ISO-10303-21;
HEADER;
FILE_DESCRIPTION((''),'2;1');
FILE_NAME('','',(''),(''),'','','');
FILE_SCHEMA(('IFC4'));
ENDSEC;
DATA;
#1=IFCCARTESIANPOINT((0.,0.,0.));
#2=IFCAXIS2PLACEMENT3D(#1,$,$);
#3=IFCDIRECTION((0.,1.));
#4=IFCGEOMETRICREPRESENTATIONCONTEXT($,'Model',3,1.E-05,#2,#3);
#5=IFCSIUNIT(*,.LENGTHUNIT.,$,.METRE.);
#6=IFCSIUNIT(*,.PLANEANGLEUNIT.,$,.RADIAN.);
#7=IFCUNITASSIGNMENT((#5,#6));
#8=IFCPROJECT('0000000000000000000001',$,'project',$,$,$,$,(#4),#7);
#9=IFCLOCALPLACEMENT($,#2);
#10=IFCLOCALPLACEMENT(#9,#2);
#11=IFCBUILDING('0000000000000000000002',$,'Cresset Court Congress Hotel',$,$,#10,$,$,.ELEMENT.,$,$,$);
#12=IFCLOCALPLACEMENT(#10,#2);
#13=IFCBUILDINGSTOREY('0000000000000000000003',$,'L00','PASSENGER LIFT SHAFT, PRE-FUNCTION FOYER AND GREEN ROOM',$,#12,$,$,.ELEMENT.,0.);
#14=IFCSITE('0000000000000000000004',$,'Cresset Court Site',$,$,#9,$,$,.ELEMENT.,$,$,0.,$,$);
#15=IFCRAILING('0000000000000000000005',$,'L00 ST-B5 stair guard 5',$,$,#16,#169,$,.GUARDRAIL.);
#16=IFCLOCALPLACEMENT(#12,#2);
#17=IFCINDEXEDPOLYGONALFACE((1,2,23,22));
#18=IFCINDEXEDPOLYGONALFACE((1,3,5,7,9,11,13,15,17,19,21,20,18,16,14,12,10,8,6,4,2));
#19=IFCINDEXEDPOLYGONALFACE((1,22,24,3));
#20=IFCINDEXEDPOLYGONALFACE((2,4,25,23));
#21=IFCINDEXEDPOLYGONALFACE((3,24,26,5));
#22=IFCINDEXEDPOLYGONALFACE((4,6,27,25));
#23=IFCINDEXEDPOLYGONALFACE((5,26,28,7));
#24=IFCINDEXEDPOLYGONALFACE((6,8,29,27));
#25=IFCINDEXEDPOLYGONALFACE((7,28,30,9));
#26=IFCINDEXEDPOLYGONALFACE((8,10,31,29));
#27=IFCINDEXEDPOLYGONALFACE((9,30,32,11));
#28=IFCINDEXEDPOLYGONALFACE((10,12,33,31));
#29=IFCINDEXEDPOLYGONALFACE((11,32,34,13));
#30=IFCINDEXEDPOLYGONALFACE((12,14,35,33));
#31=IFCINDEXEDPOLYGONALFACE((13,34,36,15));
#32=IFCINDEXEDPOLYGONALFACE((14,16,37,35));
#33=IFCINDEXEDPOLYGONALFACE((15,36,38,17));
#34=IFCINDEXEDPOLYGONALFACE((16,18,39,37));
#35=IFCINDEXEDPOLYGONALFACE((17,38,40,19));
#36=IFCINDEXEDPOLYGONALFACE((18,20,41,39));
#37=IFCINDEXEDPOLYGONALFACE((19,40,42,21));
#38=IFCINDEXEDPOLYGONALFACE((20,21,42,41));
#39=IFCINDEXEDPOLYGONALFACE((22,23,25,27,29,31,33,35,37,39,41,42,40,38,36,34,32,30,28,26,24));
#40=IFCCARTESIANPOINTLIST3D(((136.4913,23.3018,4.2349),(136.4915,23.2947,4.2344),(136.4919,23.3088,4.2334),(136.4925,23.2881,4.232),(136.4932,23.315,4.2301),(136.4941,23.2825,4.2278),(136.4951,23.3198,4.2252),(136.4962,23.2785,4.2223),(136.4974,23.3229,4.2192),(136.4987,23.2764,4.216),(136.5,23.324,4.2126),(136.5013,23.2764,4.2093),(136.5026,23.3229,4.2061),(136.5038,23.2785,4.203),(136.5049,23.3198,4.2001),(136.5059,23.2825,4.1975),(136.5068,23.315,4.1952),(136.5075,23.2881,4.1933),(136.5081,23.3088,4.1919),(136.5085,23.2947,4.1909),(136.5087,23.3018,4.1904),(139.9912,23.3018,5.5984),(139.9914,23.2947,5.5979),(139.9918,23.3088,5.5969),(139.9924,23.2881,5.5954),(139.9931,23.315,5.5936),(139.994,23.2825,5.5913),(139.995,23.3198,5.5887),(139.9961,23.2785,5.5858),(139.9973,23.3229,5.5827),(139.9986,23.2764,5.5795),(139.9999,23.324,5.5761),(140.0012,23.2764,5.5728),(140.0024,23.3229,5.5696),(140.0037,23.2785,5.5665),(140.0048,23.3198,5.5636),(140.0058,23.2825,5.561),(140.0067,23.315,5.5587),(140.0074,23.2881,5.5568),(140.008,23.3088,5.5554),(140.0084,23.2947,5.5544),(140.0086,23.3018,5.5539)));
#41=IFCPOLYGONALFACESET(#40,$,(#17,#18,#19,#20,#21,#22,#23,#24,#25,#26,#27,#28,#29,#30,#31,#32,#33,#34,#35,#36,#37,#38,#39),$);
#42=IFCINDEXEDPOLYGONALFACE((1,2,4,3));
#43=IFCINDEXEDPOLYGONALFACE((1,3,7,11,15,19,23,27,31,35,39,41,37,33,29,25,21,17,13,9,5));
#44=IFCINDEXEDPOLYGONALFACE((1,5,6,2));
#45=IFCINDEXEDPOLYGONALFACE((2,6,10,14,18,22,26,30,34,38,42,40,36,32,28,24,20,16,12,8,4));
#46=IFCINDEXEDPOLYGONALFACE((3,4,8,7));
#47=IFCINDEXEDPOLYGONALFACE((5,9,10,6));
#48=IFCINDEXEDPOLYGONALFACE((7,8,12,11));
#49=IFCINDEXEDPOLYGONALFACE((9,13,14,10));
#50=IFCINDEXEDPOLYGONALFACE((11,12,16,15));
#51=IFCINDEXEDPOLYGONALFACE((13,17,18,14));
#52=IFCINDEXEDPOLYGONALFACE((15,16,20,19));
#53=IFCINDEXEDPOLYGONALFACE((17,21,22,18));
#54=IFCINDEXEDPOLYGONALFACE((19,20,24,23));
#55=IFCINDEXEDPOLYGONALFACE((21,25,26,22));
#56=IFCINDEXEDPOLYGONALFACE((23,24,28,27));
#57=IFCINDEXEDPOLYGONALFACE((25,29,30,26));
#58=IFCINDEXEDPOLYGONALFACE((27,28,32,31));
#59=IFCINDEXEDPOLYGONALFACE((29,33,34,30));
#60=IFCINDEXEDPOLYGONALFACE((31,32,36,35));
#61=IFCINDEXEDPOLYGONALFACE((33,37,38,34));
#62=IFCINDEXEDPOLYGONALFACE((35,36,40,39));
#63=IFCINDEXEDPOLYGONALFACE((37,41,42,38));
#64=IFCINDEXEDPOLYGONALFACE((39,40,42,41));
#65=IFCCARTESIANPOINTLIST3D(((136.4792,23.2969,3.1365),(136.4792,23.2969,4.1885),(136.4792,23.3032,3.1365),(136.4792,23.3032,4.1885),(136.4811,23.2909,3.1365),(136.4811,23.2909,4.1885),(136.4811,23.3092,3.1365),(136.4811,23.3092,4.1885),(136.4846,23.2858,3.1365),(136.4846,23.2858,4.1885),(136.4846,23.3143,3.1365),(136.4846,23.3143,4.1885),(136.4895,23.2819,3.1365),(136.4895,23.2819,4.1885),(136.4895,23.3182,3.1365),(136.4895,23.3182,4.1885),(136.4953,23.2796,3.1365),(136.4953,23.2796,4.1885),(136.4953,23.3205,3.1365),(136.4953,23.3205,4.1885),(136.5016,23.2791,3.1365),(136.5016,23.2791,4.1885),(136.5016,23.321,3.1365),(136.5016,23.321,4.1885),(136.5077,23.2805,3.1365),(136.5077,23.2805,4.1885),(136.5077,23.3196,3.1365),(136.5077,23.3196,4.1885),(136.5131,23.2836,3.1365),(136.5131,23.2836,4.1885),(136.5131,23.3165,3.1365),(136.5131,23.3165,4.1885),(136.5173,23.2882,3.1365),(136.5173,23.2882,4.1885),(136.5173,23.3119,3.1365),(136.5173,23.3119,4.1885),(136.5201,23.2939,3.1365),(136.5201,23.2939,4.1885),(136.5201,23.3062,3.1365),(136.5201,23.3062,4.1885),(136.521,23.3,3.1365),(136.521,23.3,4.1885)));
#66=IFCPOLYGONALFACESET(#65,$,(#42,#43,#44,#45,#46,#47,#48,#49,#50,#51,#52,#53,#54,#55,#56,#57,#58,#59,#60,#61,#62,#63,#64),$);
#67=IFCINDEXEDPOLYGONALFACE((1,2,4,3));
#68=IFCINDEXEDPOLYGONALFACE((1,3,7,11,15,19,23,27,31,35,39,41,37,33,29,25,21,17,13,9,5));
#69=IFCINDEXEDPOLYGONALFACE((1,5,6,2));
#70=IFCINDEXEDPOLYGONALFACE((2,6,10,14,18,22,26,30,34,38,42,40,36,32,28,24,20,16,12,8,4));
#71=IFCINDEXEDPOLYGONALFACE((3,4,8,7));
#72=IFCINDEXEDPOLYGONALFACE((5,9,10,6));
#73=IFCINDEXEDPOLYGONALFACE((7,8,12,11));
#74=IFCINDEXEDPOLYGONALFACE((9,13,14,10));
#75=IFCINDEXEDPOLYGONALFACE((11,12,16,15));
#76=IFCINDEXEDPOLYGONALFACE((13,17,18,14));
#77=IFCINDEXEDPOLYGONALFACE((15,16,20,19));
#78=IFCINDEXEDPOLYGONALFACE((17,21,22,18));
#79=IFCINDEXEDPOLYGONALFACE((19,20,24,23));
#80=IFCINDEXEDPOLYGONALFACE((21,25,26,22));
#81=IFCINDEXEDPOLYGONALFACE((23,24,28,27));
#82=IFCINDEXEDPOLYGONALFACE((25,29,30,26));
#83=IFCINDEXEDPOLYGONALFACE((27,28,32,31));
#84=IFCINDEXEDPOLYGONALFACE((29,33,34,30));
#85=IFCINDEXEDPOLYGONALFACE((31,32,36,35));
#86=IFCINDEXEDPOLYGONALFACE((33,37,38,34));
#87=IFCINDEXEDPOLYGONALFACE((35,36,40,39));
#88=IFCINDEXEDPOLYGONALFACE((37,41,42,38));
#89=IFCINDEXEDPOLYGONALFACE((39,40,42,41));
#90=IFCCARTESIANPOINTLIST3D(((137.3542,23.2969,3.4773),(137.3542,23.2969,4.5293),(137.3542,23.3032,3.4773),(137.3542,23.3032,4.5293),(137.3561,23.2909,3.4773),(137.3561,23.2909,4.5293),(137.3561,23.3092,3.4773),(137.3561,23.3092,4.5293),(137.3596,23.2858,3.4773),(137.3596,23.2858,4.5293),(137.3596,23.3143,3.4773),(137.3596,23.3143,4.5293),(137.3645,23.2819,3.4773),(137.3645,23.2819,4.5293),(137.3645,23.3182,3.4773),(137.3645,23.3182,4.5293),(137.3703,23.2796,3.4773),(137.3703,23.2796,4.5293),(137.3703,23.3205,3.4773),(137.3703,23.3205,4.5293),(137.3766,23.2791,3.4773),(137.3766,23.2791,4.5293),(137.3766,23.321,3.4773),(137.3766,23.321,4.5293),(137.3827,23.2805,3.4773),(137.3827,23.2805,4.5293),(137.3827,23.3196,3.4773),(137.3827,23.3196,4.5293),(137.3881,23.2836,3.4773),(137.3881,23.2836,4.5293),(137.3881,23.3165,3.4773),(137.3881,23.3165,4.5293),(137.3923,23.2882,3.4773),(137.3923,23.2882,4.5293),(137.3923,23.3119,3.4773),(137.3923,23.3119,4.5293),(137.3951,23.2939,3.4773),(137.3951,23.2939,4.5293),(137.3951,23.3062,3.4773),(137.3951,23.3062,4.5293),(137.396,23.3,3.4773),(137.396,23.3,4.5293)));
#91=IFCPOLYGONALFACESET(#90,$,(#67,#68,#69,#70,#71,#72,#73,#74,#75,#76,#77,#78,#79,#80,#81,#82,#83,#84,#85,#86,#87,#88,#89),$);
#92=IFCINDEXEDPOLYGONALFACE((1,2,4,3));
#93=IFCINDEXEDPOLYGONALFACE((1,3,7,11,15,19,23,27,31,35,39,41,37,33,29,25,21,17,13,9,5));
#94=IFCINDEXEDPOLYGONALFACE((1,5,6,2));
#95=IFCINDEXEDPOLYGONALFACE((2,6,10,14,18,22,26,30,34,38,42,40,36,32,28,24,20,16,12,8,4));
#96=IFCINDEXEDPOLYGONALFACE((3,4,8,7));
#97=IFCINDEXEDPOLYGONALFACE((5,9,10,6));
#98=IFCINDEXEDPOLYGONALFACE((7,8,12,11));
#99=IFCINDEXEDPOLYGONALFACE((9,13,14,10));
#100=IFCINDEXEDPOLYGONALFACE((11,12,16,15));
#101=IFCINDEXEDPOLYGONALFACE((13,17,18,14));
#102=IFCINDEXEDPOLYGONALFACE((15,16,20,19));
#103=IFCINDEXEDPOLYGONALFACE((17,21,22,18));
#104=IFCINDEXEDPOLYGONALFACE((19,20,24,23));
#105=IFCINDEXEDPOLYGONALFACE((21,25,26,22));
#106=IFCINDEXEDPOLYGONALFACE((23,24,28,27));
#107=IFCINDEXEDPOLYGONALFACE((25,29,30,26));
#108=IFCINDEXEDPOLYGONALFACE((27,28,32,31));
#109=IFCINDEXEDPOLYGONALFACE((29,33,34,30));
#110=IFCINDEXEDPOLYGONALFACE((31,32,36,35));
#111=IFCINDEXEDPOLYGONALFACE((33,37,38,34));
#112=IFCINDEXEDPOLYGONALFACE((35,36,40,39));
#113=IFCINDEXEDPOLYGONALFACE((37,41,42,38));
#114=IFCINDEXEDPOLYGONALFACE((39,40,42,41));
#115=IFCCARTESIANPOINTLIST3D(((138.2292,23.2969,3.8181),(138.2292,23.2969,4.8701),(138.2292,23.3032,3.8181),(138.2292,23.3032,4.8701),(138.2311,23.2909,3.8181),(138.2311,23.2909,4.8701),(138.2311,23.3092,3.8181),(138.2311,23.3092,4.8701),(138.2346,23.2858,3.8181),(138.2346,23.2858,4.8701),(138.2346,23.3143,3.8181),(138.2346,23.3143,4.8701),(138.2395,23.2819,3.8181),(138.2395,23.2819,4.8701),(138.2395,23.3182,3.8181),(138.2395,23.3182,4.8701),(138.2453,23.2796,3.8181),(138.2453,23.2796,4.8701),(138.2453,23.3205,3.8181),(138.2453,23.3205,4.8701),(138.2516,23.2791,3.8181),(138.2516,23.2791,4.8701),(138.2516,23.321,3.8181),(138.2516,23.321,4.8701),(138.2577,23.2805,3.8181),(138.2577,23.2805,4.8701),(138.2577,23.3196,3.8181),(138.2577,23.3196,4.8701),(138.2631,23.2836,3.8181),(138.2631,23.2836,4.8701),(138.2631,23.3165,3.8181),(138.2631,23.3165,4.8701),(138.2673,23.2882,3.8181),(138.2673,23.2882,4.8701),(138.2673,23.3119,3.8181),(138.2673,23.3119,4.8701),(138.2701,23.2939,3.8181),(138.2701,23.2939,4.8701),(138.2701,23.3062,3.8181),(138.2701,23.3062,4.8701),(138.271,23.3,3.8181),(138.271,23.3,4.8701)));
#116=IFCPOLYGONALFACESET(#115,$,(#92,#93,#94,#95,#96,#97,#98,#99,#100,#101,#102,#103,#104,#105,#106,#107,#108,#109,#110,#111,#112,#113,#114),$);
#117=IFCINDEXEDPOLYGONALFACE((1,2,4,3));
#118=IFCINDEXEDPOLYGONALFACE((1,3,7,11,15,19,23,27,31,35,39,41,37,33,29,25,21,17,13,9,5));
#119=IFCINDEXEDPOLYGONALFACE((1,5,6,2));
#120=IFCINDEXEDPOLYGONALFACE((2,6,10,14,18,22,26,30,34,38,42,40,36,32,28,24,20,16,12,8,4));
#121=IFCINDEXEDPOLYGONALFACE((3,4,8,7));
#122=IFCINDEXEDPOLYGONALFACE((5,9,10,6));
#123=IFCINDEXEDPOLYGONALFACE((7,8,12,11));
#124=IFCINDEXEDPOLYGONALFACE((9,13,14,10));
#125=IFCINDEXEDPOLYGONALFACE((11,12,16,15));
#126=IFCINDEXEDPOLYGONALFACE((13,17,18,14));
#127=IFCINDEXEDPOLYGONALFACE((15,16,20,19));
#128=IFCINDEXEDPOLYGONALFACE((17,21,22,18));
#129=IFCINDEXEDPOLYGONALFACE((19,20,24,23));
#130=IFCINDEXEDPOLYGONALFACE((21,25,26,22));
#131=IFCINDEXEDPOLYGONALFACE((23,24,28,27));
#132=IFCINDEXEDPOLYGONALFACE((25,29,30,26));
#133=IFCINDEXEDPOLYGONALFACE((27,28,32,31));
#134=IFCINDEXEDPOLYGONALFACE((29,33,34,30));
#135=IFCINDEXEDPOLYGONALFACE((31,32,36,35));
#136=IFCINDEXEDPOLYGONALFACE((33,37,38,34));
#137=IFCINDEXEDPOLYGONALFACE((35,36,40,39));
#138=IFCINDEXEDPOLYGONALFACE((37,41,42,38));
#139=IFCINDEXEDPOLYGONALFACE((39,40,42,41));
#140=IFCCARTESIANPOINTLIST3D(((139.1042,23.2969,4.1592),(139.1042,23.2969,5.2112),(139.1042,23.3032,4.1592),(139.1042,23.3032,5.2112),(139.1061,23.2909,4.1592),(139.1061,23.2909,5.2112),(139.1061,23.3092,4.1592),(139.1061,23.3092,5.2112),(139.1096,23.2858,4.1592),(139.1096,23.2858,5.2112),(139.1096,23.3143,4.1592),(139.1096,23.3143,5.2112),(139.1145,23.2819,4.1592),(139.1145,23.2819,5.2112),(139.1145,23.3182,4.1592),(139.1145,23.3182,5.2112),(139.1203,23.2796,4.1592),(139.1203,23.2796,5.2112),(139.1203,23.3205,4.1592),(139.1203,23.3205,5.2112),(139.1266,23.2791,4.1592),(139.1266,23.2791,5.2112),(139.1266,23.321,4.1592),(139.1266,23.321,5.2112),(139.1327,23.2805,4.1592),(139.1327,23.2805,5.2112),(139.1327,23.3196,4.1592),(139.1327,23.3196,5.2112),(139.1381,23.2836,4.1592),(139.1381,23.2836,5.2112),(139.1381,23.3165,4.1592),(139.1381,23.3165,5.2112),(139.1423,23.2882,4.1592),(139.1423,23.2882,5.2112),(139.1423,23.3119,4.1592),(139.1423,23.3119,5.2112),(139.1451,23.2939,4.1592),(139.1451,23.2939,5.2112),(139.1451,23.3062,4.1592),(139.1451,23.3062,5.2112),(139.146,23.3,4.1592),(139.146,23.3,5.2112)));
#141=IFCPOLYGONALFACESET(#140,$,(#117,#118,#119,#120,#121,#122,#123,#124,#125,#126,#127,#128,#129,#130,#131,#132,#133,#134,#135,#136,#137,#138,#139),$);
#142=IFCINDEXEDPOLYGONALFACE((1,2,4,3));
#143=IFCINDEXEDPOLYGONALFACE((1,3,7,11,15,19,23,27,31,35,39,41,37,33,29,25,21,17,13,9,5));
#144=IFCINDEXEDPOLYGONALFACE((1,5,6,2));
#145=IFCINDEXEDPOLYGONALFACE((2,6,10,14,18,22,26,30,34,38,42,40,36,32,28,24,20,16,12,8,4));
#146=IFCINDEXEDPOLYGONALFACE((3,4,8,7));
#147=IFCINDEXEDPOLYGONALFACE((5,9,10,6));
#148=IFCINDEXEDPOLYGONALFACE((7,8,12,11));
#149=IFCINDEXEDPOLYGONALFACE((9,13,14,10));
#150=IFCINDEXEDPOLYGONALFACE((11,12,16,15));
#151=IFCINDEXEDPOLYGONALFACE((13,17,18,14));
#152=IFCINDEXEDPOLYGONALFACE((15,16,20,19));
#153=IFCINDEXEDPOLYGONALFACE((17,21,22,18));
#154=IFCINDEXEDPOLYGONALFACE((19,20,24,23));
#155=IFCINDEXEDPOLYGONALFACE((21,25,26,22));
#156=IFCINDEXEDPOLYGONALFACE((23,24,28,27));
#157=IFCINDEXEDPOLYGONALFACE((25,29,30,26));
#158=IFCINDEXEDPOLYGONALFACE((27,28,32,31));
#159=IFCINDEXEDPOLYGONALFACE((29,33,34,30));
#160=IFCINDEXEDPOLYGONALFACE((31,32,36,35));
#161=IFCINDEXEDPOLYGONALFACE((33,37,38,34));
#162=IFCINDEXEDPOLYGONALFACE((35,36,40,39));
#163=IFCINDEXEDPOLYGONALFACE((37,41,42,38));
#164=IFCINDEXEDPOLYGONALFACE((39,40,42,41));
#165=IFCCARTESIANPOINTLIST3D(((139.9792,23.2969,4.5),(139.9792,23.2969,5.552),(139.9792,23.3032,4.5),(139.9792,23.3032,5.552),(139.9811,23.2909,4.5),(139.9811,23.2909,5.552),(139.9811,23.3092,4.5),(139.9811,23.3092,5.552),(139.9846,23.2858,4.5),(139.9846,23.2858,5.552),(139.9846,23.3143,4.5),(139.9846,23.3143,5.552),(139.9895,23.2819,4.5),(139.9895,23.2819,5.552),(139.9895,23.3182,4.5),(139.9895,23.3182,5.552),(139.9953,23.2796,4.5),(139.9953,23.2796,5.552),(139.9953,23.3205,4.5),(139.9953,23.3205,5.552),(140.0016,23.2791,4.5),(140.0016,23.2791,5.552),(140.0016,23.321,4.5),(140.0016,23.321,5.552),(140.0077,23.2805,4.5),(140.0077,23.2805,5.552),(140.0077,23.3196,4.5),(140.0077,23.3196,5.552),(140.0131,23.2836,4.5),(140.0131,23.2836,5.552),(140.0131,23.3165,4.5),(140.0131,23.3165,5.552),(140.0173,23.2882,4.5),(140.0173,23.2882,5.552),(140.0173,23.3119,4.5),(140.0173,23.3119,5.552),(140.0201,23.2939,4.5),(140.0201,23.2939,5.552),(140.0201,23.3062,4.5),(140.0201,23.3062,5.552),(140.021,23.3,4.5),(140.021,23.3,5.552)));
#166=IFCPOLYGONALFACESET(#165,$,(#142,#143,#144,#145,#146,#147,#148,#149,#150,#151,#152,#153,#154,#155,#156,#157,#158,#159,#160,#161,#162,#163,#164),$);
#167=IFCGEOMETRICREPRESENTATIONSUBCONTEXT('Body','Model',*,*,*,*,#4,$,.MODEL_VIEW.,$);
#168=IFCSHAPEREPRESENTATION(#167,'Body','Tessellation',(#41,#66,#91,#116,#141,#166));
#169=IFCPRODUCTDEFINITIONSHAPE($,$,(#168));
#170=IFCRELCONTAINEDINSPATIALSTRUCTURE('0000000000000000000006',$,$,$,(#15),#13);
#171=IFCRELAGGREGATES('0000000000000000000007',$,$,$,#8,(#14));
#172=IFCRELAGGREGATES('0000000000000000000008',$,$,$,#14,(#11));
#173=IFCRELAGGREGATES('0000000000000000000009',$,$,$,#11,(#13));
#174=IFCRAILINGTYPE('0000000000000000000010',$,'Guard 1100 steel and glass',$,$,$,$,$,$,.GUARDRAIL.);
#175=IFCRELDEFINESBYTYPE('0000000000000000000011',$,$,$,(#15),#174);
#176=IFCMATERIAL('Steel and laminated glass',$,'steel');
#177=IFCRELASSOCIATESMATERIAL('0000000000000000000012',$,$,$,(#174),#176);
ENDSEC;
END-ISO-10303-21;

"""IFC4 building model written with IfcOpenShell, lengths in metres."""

from ifc_helpers import new_model, si_unit, direction, frame, origin, origin_2d, place, context, subcontext, project, spatial, circle, extrude, material, type_object, element, save


model = new_model("IFC4")

# Units and contexts
model_context = context("Model", 3, precision=1e-05, world=origin(), true_north=direction((0.0, 1.0)))
body_context = subcontext(model_context, "Body", "Model", "MODEL_VIEW")
ifc_project = project(units=[si_unit("LENGTHUNIT", "METRE"), si_unit("PLANEANGLEUNIT", "RADIAN")], contexts=[model_context])

# Site, building, storey
site_placement = place(None, origin())
site = spatial("IfcSite", under=ifc_project, at=site_placement, Name="Cresset Court Site", CompositionType="ELEMENT", RefElevation=0.0)
building_placement = place(site_placement, origin())
building = spatial("IfcBuilding", under=site, at=building_placement, Name="Cresset Court Congress Hotel", CompositionType="ELEMENT")
storey_placement = place(building_placement, origin())
storey = spatial("IfcBuildingStorey", under=building, at=storey_placement, Name="L00", Description="PASSENGER LIFT SHAFT, PRE-FUNCTION FOYER AND GREEN ROOM", CompositionType="ELEMENT", Elevation=0.0)

# Railing
ifc_material_1 = material(Name="Steel and laminated glass", Category="steel")
railing_type_1 = type_object("IfcRailingType", Name="Guard 1100 steel and glass", PredefinedType="GUARDRAIL", material=ifc_material_1)
railing_1_placement = place(storey_placement, frame((136.5, 23.3, 3.1365)))
element("IfcRailing", 1, at=railing_1_placement, inside=storey, type_object=railing_type_1, Name="L00 ST-B5 stair guard 5", PredefinedType="GUARDRAIL", context=body_context, shape_type="SweptSolid", body=[
    extrude(circle(Radius=0.0239, at=origin_2d()), frame((0.0, 0.0, 1.0762), z_axis=(0.931787, 0.0, 0.363005), x_axis=(0.0, 1.0, 0.0)), (0.0, 0.0, 1.0), 3.7561),
    extrude(circle(Radius=0.021, at=origin_2d()), origin(), (0.0, 0.0, 1.0), 1.052),
    extrude(circle(Radius=0.021, at=origin_2d()), frame((0.875, 0.0, 0.3408)), (0.0, 0.0, 1.0), 1.052),
    extrude(circle(Radius=0.021, at=origin_2d()), frame((1.75, 0.0, 0.6816)), (0.0, 0.0, 1.0), 1.052),
    extrude(circle(Radius=0.021, at=origin_2d()), frame((2.625, 0.0, 1.0227)), (0.0, 0.0, 1.0), 1.052),
    extrude(circle(Radius=0.021, at=origin_2d()), frame((3.5, 0.0, 1.3635)), (0.0, 0.0, 1.0), 1.052),
])

save(model, "model.ifc")
